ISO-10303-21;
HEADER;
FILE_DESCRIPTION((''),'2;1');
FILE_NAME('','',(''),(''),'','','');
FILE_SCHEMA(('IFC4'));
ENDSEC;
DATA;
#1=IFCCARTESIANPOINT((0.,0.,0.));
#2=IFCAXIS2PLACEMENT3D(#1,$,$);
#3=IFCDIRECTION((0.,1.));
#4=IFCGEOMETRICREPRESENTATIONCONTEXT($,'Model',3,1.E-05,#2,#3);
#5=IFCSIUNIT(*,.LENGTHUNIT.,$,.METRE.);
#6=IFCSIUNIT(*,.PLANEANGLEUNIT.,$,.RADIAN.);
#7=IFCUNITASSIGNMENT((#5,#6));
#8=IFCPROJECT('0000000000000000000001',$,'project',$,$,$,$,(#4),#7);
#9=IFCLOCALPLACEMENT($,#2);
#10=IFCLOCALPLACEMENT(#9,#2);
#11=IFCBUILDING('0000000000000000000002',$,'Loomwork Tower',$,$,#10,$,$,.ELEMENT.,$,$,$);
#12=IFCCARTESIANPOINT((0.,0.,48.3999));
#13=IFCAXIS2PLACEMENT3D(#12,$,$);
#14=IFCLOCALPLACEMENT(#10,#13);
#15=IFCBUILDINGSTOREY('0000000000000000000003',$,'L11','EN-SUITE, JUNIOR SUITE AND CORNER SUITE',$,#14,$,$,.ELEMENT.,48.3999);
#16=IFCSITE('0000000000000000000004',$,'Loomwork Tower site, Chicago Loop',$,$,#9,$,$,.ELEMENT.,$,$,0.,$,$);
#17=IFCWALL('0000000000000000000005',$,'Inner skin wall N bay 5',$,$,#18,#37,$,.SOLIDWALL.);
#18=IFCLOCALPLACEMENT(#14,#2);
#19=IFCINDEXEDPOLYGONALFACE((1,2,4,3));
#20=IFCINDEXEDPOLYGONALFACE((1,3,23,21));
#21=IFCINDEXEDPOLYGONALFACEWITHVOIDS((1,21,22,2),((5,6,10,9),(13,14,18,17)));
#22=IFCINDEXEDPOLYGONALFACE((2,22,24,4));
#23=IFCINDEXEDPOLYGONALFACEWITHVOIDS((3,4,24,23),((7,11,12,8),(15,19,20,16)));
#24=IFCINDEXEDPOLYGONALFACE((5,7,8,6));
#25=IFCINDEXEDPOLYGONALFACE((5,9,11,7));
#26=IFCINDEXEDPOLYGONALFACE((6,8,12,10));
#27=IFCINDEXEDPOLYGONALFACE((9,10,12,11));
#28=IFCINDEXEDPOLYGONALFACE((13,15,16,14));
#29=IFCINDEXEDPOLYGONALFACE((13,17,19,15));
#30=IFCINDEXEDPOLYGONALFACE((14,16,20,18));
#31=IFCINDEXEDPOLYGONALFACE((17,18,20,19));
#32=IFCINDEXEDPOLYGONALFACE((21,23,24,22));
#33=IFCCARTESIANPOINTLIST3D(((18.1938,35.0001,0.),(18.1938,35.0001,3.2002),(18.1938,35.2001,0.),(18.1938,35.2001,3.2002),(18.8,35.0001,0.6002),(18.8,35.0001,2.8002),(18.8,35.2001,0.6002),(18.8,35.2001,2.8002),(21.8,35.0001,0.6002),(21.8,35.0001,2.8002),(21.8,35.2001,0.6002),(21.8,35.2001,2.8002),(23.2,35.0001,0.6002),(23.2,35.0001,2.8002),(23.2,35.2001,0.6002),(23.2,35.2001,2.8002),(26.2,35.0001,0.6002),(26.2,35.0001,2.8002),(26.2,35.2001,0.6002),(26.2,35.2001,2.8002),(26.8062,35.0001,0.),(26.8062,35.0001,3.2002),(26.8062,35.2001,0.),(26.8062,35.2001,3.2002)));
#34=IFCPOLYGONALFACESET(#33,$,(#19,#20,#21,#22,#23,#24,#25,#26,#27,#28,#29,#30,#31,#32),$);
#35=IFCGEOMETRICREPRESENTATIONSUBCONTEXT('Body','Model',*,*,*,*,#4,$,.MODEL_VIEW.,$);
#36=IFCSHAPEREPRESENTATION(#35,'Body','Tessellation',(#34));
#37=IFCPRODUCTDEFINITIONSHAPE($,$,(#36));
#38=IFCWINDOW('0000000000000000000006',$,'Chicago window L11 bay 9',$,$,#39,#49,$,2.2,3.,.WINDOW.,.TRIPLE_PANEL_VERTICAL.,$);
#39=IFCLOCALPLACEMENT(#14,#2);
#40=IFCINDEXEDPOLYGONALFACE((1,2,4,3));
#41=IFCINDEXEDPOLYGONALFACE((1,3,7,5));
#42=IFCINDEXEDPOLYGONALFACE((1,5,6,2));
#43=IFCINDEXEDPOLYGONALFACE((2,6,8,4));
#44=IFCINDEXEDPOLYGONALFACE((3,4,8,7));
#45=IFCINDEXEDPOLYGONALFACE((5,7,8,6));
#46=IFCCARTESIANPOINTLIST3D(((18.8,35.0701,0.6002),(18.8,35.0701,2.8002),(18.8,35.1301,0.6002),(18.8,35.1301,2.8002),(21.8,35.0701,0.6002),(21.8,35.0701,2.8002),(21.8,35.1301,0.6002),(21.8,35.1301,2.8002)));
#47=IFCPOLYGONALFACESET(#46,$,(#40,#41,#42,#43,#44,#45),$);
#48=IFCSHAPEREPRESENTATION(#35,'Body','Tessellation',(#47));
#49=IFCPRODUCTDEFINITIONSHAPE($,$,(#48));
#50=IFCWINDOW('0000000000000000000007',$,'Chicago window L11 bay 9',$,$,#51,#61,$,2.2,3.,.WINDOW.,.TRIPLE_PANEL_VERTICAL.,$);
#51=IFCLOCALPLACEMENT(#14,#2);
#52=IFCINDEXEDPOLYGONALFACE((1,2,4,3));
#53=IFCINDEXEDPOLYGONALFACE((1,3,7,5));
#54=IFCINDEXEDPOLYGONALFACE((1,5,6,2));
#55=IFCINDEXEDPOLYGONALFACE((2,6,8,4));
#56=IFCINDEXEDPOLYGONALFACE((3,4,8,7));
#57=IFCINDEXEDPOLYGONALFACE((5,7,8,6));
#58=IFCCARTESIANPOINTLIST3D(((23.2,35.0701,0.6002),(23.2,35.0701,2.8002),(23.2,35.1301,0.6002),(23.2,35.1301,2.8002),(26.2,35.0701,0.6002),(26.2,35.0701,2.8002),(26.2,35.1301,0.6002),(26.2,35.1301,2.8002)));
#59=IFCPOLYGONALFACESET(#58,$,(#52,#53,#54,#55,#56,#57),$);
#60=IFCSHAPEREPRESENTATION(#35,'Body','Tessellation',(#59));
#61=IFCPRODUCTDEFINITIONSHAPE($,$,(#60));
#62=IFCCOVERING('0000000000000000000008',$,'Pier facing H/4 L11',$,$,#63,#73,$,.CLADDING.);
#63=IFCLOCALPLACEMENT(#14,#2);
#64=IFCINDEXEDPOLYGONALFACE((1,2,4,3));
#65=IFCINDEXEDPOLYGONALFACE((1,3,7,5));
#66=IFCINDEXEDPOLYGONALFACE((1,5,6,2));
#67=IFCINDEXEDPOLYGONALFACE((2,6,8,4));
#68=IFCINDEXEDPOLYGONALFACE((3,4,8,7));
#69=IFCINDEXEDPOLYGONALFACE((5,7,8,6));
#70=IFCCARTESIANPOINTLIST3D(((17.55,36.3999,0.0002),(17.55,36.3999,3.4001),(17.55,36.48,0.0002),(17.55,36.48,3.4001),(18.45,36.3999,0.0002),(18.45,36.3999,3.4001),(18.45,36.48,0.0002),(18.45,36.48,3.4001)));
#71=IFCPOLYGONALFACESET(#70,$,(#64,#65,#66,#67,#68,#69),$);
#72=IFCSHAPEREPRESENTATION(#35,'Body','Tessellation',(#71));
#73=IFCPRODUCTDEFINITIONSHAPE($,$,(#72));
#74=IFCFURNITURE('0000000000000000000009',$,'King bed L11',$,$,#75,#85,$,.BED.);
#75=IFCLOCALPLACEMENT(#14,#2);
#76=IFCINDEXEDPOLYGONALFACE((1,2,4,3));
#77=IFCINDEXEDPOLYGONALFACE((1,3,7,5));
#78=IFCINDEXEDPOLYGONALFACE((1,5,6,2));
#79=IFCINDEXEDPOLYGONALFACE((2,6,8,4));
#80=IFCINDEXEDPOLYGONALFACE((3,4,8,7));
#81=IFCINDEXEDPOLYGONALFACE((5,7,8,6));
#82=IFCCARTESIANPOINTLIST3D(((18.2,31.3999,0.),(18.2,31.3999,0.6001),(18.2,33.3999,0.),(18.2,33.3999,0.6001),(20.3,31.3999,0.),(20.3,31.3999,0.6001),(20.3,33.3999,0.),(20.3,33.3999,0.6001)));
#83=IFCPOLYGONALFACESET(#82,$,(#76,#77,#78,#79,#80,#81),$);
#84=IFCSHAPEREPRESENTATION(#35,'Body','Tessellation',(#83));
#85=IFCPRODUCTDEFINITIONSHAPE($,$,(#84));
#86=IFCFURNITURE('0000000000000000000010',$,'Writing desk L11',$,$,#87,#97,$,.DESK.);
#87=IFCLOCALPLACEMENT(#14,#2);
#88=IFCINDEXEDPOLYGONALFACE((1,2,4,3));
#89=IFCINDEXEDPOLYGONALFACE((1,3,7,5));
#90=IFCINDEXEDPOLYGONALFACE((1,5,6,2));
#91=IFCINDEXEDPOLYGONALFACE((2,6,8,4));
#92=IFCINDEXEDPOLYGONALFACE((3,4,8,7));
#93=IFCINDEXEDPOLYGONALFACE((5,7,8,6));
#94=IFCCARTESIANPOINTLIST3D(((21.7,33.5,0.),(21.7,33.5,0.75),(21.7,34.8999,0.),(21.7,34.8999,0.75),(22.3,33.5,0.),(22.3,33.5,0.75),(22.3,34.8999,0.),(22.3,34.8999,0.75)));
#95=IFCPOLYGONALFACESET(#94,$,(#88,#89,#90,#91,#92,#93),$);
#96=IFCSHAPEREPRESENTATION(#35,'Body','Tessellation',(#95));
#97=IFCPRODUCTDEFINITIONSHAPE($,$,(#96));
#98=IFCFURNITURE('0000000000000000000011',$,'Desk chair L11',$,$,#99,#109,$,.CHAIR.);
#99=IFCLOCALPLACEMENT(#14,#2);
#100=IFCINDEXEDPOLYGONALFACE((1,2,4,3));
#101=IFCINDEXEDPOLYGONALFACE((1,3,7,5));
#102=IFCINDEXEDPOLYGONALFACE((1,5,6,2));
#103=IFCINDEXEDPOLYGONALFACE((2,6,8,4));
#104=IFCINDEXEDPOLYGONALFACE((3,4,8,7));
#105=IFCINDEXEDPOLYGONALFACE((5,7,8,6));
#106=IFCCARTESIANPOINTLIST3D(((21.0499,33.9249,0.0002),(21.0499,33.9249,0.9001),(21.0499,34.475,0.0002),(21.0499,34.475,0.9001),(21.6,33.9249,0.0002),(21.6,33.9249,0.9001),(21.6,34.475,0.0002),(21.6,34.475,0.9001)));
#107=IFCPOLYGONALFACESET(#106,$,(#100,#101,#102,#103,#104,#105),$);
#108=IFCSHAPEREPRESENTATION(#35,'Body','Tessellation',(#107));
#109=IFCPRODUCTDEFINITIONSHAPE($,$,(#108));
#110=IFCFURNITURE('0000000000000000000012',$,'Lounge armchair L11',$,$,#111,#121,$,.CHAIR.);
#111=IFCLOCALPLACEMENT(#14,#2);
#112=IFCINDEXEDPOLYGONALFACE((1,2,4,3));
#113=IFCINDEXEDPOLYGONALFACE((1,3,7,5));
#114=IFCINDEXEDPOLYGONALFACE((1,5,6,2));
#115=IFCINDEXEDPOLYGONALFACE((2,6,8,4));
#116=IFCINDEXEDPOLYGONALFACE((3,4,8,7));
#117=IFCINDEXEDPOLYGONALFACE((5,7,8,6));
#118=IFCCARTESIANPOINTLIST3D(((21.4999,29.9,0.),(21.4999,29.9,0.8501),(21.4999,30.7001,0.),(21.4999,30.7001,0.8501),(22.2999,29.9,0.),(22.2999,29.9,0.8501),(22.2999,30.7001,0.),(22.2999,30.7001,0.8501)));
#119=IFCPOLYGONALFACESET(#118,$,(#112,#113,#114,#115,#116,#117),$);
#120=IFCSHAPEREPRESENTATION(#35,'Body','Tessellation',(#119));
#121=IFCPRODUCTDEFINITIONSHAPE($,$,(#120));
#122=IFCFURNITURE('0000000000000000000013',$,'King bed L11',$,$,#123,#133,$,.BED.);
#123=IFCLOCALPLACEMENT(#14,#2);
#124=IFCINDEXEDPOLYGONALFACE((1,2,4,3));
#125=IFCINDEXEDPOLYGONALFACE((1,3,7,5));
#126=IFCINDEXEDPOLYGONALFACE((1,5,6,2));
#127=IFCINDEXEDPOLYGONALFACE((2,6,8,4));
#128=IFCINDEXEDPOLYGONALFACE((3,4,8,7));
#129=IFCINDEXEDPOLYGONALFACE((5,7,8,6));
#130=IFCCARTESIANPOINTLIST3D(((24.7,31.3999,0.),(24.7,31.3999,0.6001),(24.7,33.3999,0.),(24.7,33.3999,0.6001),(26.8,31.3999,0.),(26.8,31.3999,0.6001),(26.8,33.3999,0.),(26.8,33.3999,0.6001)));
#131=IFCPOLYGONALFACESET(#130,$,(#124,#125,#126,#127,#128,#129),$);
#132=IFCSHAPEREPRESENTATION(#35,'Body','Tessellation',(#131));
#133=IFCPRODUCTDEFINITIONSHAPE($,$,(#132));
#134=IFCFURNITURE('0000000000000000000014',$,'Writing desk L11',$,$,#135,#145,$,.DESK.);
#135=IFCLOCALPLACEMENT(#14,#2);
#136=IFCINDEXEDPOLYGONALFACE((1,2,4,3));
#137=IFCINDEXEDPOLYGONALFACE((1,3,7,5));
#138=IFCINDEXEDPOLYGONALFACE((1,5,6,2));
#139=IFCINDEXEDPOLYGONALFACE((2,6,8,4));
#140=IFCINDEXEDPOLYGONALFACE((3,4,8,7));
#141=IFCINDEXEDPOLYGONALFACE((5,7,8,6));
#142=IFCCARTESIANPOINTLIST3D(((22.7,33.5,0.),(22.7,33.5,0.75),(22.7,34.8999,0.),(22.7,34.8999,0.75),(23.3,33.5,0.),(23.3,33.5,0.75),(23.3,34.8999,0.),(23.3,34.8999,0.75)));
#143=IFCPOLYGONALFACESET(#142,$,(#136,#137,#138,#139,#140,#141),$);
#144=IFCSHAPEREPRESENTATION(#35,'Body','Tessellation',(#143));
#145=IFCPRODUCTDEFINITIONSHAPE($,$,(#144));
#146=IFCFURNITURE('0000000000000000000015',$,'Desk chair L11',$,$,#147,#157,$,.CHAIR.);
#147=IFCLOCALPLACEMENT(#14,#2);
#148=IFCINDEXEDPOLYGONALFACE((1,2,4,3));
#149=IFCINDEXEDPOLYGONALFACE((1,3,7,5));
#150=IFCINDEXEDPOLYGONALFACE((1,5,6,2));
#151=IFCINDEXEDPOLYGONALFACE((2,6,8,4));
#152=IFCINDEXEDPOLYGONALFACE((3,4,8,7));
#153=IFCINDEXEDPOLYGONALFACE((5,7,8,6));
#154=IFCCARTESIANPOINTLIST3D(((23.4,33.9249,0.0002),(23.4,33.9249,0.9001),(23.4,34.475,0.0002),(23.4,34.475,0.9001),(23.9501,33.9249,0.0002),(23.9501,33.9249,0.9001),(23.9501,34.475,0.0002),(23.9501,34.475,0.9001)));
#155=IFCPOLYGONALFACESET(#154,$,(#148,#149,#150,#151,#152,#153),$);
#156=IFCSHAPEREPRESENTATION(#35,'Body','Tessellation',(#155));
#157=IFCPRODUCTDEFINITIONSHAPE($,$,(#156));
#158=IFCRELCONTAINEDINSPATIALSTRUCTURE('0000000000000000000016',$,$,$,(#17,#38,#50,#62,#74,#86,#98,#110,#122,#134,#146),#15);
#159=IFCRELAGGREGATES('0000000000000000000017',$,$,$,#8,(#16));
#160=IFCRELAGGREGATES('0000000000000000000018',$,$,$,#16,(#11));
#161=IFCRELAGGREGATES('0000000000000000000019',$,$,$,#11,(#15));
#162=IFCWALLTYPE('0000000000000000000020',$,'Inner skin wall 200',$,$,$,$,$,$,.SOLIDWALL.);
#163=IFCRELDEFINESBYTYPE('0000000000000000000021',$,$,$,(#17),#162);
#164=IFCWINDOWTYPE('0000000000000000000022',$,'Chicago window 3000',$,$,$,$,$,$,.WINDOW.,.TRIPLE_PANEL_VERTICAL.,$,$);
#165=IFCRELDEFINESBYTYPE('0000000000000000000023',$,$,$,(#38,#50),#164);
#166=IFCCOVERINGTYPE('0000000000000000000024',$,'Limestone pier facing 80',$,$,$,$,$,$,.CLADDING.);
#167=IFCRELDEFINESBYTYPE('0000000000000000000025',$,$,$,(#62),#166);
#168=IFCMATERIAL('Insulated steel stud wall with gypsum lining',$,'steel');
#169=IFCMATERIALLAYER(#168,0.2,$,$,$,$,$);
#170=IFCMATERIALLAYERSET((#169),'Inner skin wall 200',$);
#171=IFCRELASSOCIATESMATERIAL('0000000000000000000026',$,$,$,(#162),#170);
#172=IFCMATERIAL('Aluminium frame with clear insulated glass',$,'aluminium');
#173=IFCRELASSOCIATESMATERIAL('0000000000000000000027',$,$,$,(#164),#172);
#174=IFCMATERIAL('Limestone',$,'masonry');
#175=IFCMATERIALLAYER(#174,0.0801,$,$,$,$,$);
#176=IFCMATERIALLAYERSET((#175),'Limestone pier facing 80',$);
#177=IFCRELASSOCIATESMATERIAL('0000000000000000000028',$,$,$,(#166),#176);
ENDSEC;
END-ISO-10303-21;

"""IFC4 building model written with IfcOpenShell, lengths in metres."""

from ifc_helpers import new_model, si_unit, direction, frame, frame_2d, origin, origin_2d, place, context, subcontext, project, spatial, rectangle, extrude, material, layer, layer_set, type_object, element, fill, save


model = new_model("IFC4")

# Units and contexts
model_context = context("Model", 3, precision=1e-05, world=origin(), true_north=direction((0.0, 1.0)))
body_context = subcontext(model_context, "Body", "Model", "MODEL_VIEW")
ifc_project = project(units=[si_unit("LENGTHUNIT", "METRE"), si_unit("PLANEANGLEUNIT", "RADIAN")], contexts=[model_context])

# Site, building, storey
site_placement = place(None, origin())
site = spatial("IfcSite", under=ifc_project, at=site_placement, Name="Loomwork Tower site, Chicago Loop", CompositionType="ELEMENT", RefElevation=0.0)
building_placement = place(site_placement, origin())
building = spatial("IfcBuilding", under=site, at=building_placement, Name="Loomwork Tower", CompositionType="ELEMENT")
storey_placement = place(building_placement, frame((0.0, 0.0, 48.3999)))
storey = spatial("IfcBuildingStorey", under=building, at=storey_placement, Name="L11", Description="EN-SUITE, JUNIOR SUITE AND CORNER SUITE", CompositionType="ELEMENT", Elevation=48.3999)

# Shared definitions
ifc_material_1 = material(Name="Insulated steel stud wall with gypsum lining", Category="steel")
ifc_layer_1 = layer(ifc_material_1, 0.2)
ifc_layer_set_1 = layer_set([ifc_layer_1], Name="Inner skin wall 200")
wall_type_1 = type_object("IfcWallType", Name="Inner skin wall 200", PredefinedType="SOLIDWALL", material=ifc_layer_set_1)

# Wall, openings, windows
wall_1_placement = place(storey_placement, frame((18.1938, 35.1001, 0.0), z_axis=(0.0, 0.0, 1.0), x_axis=(1.0, 0.0, 0.0)))
wall_1 = element("IfcWall", 1, at=wall_1_placement, inside=storey, type_object=wall_type_1, Name="Inner skin wall N bay 5", PredefinedType="SOLIDWALL", context=body_context, shape_type="SweptSolid", body=[
    extrude(rectangle(XDim=8.6123, YDim=0.2, at=frame_2d((4.3062, 0.0))), origin(), (0.0, 0.0, 1.0), 3.2002),
])
opening_1_placement = place(wall_1_placement, frame((0.6062, 0.0, 0.6001)))
opening_1 = element("IfcOpeningElement", 2, at=opening_1_placement, cuts=wall_1, PredefinedType="OPENING", context=body_context, shape_type="SweptSolid", body=[
    extrude(rectangle(XDim=3.0, YDim=2.2, at=frame_2d((1.5, 1.1001))), frame((0.0, 0.1099, 0.0), z_axis=(0.0, -1.0, 0.0), x_axis=(1.0, 0.0, 0.0)), (0.0, 0.0, 1.0), 0.22),
])
opening_2_placement = place(wall_1_placement, frame((5.0061, 0.0, 0.6001)))
opening_2 = element("IfcOpeningElement", 3, at=opening_2_placement, cuts=wall_1, PredefinedType="OPENING", context=body_context, shape_type="SweptSolid", body=[
    extrude(rectangle(XDim=3.0, YDim=2.2, at=frame_2d((1.5, 1.1001))), frame((0.0, 0.1099, 0.0), z_axis=(0.0, -1.0, 0.0), x_axis=(1.0, 0.0, 0.0)), (0.0, 0.0, 1.0), 0.22),
])
ifc_material_2 = material(Name="Aluminium frame with clear insulated glass", Category="aluminium")
window_type = type_object("IfcWindowType", Name="Chicago window 3000", PartitioningType="TRIPLE_PANEL_VERTICAL", PredefinedType="WINDOW", material=ifc_material_2)
window_1_placement = place(opening_1_placement, origin())
window_1 = element("IfcWindow", 4, at=window_1_placement, inside=storey, type_object=window_type, Name="Chicago window L11 bay 9", OverallHeight=2.2, OverallWidth=3.0, PartitioningType="TRIPLE_PANEL_VERTICAL", PredefinedType="WINDOW", context=body_context, shape_type="SweptSolid", body=[
    extrude(rectangle(XDim=3.0, YDim=2.2, at=frame_2d((1.5, 1.1001))), frame((0.0, 0.03, 0.0), z_axis=(0.0, -1.0, 0.0), x_axis=(1.0, 0.0, 0.0)), (0.0, 0.0, 1.0), 0.0601),
])
fill(opening_1, window_1)
window_2_placement = place(opening_2_placement, origin())
window_2 = element("IfcWindow", 5, at=window_2_placement, inside=storey, type_object=window_type, Name="Chicago window L11 bay 9", OverallHeight=2.2, OverallWidth=3.0, PartitioningType="TRIPLE_PANEL_VERTICAL", PredefinedType="WINDOW", context=body_context, shape_type="SweptSolid", body=[
    extrude(rectangle(XDim=3.0, YDim=2.2, at=frame_2d((1.5, 1.1001))), frame((0.0, 0.03, 0.0), z_axis=(0.0, -1.0, 0.0), x_axis=(1.0, 0.0, 0.0)), (0.0, 0.0, 1.0), 0.0601),
])
fill(opening_2, window_2)

# Covering
ifc_material_3 = material(Name="Limestone", Category="masonry")
ifc_layer_2 = layer(ifc_material_3, 0.0801)
ifc_layer_set_2 = layer_set([ifc_layer_2], Name="Limestone pier facing 80")
covering_type = type_object("IfcCoveringType", Name="Limestone pier facing 80", PredefinedType="CLADDING", material=ifc_layer_set_2)
covering_placement = place(storey_placement, frame((18.0, 36.4399, 0.0002), z_axis=(0.0, 0.0, 1.0), x_axis=(1.0, 0.0, 0.0)))
element("IfcCovering", 6, at=covering_placement, inside=storey, type_object=covering_type, Name="Pier facing H/4 L11", PredefinedType="CLADDING", context=body_context, shape_type="SweptSolid", body=[
    extrude(rectangle(XDim=0.8999, YDim=0.0801, at=origin_2d()), origin(), (0.0, 0.0, 1.0), 3.3999),
])

# Furniture
furniture_1_placement = place(storey_placement, frame((19.25, 32.3999, 0.0), z_axis=(0.0, 0.0, 1.0), x_axis=(1.0, 0.0, 0.0)))
element("IfcFurniture", 7, at=furniture_1_placement, inside=storey, Name="King bed L11", PredefinedType="BED", context=body_context, shape_type="SweptSolid", body=[
    extrude(rectangle(XDim=2.1001, YDim=2.0, at=origin_2d()), origin(), (0.0, 0.0, 1.0), 0.6001),
])
furniture_2_placement = place(storey_placement, frame((22.0, 34.2, 0.0), z_axis=(0.0, 0.0, 1.0), x_axis=(1.0, 0.0, 0.0)))
element("IfcFurniture", 8, at=furniture_2_placement, inside=storey, Name="Writing desk L11", PredefinedType="DESK", context=body_context, shape_type="SweptSolid", body=[
    extrude(rectangle(XDim=0.6001, YDim=1.3999, at=origin_2d()), origin(), (0.0, 0.0, 1.0), 0.75),
])
furniture_3_placement = place(storey_placement, frame((21.325, 34.2, 0.0002), z_axis=(0.0, 0.0, 1.0), x_axis=(1.0, 0.0, 0.0)))
element("IfcFurniture", 9, at=furniture_3_placement, inside=storey, Name="Desk chair L11", PredefinedType="CHAIR", context=body_context, shape_type="SweptSolid", body=[
    extrude(rectangle(XDim=0.55, YDim=0.55, at=origin_2d()), origin(), (0.0, 0.0, 1.0), 0.8999),
])
furniture_4_placement = place(storey_placement, frame((21.8999, 30.3, 0.0), z_axis=(0.0, 0.0, 1.0), x_axis=(1.0, 0.0, 0.0)))
element("IfcFurniture", 10, at=furniture_4_placement, inside=storey, Name="Lounge armchair L11", PredefinedType="CHAIR", context=body_context, shape_type="SweptSolid", body=[
    extrude(rectangle(XDim=0.8, YDim=0.8, at=origin_2d()), origin(), (0.0, 0.0, 1.0), 0.8501),
])
furniture_5_placement = place(storey_placement, frame((25.75, 32.3999, 0.0), z_axis=(0.0, 0.0, 1.0), x_axis=(1.0, 0.0, 0.0)))
element("IfcFurniture", 11, at=furniture_5_placement, inside=storey, Name="King bed L11", PredefinedType="BED", context=body_context, shape_type="SweptSolid", body=[
    extrude(rectangle(XDim=2.1001, YDim=2.0, at=origin_2d()), origin(), (0.0, 0.0, 1.0), 0.6001),
])
furniture_6_placement = place(storey_placement, frame((23.0, 34.2, 0.0), z_axis=(0.0, 0.0, 1.0), x_axis=(1.0, 0.0, 0.0)))
element("IfcFurniture", 12, at=furniture_6_placement, inside=storey, Name="Writing desk L11", PredefinedType="DESK", context=body_context, shape_type="SweptSolid", body=[
    extrude(rectangle(XDim=0.6001, YDim=1.3999, at=origin_2d()), origin(), (0.0, 0.0, 1.0), 0.75),
])
furniture_7_placement = place(storey_placement, frame((23.675, 34.2, 0.0002), z_axis=(0.0, 0.0, 1.0), x_axis=(1.0, 0.0, 0.0)))
element("IfcFurniture", 13, at=furniture_7_placement, inside=storey, Name="Desk chair L11", PredefinedType="CHAIR", context=body_context, shape_type="SweptSolid", body=[
    extrude(rectangle(XDim=0.55, YDim=0.55, at=origin_2d()), origin(), (0.0, 0.0, 1.0), 0.8999),
])

save(model, "model.ifc")
